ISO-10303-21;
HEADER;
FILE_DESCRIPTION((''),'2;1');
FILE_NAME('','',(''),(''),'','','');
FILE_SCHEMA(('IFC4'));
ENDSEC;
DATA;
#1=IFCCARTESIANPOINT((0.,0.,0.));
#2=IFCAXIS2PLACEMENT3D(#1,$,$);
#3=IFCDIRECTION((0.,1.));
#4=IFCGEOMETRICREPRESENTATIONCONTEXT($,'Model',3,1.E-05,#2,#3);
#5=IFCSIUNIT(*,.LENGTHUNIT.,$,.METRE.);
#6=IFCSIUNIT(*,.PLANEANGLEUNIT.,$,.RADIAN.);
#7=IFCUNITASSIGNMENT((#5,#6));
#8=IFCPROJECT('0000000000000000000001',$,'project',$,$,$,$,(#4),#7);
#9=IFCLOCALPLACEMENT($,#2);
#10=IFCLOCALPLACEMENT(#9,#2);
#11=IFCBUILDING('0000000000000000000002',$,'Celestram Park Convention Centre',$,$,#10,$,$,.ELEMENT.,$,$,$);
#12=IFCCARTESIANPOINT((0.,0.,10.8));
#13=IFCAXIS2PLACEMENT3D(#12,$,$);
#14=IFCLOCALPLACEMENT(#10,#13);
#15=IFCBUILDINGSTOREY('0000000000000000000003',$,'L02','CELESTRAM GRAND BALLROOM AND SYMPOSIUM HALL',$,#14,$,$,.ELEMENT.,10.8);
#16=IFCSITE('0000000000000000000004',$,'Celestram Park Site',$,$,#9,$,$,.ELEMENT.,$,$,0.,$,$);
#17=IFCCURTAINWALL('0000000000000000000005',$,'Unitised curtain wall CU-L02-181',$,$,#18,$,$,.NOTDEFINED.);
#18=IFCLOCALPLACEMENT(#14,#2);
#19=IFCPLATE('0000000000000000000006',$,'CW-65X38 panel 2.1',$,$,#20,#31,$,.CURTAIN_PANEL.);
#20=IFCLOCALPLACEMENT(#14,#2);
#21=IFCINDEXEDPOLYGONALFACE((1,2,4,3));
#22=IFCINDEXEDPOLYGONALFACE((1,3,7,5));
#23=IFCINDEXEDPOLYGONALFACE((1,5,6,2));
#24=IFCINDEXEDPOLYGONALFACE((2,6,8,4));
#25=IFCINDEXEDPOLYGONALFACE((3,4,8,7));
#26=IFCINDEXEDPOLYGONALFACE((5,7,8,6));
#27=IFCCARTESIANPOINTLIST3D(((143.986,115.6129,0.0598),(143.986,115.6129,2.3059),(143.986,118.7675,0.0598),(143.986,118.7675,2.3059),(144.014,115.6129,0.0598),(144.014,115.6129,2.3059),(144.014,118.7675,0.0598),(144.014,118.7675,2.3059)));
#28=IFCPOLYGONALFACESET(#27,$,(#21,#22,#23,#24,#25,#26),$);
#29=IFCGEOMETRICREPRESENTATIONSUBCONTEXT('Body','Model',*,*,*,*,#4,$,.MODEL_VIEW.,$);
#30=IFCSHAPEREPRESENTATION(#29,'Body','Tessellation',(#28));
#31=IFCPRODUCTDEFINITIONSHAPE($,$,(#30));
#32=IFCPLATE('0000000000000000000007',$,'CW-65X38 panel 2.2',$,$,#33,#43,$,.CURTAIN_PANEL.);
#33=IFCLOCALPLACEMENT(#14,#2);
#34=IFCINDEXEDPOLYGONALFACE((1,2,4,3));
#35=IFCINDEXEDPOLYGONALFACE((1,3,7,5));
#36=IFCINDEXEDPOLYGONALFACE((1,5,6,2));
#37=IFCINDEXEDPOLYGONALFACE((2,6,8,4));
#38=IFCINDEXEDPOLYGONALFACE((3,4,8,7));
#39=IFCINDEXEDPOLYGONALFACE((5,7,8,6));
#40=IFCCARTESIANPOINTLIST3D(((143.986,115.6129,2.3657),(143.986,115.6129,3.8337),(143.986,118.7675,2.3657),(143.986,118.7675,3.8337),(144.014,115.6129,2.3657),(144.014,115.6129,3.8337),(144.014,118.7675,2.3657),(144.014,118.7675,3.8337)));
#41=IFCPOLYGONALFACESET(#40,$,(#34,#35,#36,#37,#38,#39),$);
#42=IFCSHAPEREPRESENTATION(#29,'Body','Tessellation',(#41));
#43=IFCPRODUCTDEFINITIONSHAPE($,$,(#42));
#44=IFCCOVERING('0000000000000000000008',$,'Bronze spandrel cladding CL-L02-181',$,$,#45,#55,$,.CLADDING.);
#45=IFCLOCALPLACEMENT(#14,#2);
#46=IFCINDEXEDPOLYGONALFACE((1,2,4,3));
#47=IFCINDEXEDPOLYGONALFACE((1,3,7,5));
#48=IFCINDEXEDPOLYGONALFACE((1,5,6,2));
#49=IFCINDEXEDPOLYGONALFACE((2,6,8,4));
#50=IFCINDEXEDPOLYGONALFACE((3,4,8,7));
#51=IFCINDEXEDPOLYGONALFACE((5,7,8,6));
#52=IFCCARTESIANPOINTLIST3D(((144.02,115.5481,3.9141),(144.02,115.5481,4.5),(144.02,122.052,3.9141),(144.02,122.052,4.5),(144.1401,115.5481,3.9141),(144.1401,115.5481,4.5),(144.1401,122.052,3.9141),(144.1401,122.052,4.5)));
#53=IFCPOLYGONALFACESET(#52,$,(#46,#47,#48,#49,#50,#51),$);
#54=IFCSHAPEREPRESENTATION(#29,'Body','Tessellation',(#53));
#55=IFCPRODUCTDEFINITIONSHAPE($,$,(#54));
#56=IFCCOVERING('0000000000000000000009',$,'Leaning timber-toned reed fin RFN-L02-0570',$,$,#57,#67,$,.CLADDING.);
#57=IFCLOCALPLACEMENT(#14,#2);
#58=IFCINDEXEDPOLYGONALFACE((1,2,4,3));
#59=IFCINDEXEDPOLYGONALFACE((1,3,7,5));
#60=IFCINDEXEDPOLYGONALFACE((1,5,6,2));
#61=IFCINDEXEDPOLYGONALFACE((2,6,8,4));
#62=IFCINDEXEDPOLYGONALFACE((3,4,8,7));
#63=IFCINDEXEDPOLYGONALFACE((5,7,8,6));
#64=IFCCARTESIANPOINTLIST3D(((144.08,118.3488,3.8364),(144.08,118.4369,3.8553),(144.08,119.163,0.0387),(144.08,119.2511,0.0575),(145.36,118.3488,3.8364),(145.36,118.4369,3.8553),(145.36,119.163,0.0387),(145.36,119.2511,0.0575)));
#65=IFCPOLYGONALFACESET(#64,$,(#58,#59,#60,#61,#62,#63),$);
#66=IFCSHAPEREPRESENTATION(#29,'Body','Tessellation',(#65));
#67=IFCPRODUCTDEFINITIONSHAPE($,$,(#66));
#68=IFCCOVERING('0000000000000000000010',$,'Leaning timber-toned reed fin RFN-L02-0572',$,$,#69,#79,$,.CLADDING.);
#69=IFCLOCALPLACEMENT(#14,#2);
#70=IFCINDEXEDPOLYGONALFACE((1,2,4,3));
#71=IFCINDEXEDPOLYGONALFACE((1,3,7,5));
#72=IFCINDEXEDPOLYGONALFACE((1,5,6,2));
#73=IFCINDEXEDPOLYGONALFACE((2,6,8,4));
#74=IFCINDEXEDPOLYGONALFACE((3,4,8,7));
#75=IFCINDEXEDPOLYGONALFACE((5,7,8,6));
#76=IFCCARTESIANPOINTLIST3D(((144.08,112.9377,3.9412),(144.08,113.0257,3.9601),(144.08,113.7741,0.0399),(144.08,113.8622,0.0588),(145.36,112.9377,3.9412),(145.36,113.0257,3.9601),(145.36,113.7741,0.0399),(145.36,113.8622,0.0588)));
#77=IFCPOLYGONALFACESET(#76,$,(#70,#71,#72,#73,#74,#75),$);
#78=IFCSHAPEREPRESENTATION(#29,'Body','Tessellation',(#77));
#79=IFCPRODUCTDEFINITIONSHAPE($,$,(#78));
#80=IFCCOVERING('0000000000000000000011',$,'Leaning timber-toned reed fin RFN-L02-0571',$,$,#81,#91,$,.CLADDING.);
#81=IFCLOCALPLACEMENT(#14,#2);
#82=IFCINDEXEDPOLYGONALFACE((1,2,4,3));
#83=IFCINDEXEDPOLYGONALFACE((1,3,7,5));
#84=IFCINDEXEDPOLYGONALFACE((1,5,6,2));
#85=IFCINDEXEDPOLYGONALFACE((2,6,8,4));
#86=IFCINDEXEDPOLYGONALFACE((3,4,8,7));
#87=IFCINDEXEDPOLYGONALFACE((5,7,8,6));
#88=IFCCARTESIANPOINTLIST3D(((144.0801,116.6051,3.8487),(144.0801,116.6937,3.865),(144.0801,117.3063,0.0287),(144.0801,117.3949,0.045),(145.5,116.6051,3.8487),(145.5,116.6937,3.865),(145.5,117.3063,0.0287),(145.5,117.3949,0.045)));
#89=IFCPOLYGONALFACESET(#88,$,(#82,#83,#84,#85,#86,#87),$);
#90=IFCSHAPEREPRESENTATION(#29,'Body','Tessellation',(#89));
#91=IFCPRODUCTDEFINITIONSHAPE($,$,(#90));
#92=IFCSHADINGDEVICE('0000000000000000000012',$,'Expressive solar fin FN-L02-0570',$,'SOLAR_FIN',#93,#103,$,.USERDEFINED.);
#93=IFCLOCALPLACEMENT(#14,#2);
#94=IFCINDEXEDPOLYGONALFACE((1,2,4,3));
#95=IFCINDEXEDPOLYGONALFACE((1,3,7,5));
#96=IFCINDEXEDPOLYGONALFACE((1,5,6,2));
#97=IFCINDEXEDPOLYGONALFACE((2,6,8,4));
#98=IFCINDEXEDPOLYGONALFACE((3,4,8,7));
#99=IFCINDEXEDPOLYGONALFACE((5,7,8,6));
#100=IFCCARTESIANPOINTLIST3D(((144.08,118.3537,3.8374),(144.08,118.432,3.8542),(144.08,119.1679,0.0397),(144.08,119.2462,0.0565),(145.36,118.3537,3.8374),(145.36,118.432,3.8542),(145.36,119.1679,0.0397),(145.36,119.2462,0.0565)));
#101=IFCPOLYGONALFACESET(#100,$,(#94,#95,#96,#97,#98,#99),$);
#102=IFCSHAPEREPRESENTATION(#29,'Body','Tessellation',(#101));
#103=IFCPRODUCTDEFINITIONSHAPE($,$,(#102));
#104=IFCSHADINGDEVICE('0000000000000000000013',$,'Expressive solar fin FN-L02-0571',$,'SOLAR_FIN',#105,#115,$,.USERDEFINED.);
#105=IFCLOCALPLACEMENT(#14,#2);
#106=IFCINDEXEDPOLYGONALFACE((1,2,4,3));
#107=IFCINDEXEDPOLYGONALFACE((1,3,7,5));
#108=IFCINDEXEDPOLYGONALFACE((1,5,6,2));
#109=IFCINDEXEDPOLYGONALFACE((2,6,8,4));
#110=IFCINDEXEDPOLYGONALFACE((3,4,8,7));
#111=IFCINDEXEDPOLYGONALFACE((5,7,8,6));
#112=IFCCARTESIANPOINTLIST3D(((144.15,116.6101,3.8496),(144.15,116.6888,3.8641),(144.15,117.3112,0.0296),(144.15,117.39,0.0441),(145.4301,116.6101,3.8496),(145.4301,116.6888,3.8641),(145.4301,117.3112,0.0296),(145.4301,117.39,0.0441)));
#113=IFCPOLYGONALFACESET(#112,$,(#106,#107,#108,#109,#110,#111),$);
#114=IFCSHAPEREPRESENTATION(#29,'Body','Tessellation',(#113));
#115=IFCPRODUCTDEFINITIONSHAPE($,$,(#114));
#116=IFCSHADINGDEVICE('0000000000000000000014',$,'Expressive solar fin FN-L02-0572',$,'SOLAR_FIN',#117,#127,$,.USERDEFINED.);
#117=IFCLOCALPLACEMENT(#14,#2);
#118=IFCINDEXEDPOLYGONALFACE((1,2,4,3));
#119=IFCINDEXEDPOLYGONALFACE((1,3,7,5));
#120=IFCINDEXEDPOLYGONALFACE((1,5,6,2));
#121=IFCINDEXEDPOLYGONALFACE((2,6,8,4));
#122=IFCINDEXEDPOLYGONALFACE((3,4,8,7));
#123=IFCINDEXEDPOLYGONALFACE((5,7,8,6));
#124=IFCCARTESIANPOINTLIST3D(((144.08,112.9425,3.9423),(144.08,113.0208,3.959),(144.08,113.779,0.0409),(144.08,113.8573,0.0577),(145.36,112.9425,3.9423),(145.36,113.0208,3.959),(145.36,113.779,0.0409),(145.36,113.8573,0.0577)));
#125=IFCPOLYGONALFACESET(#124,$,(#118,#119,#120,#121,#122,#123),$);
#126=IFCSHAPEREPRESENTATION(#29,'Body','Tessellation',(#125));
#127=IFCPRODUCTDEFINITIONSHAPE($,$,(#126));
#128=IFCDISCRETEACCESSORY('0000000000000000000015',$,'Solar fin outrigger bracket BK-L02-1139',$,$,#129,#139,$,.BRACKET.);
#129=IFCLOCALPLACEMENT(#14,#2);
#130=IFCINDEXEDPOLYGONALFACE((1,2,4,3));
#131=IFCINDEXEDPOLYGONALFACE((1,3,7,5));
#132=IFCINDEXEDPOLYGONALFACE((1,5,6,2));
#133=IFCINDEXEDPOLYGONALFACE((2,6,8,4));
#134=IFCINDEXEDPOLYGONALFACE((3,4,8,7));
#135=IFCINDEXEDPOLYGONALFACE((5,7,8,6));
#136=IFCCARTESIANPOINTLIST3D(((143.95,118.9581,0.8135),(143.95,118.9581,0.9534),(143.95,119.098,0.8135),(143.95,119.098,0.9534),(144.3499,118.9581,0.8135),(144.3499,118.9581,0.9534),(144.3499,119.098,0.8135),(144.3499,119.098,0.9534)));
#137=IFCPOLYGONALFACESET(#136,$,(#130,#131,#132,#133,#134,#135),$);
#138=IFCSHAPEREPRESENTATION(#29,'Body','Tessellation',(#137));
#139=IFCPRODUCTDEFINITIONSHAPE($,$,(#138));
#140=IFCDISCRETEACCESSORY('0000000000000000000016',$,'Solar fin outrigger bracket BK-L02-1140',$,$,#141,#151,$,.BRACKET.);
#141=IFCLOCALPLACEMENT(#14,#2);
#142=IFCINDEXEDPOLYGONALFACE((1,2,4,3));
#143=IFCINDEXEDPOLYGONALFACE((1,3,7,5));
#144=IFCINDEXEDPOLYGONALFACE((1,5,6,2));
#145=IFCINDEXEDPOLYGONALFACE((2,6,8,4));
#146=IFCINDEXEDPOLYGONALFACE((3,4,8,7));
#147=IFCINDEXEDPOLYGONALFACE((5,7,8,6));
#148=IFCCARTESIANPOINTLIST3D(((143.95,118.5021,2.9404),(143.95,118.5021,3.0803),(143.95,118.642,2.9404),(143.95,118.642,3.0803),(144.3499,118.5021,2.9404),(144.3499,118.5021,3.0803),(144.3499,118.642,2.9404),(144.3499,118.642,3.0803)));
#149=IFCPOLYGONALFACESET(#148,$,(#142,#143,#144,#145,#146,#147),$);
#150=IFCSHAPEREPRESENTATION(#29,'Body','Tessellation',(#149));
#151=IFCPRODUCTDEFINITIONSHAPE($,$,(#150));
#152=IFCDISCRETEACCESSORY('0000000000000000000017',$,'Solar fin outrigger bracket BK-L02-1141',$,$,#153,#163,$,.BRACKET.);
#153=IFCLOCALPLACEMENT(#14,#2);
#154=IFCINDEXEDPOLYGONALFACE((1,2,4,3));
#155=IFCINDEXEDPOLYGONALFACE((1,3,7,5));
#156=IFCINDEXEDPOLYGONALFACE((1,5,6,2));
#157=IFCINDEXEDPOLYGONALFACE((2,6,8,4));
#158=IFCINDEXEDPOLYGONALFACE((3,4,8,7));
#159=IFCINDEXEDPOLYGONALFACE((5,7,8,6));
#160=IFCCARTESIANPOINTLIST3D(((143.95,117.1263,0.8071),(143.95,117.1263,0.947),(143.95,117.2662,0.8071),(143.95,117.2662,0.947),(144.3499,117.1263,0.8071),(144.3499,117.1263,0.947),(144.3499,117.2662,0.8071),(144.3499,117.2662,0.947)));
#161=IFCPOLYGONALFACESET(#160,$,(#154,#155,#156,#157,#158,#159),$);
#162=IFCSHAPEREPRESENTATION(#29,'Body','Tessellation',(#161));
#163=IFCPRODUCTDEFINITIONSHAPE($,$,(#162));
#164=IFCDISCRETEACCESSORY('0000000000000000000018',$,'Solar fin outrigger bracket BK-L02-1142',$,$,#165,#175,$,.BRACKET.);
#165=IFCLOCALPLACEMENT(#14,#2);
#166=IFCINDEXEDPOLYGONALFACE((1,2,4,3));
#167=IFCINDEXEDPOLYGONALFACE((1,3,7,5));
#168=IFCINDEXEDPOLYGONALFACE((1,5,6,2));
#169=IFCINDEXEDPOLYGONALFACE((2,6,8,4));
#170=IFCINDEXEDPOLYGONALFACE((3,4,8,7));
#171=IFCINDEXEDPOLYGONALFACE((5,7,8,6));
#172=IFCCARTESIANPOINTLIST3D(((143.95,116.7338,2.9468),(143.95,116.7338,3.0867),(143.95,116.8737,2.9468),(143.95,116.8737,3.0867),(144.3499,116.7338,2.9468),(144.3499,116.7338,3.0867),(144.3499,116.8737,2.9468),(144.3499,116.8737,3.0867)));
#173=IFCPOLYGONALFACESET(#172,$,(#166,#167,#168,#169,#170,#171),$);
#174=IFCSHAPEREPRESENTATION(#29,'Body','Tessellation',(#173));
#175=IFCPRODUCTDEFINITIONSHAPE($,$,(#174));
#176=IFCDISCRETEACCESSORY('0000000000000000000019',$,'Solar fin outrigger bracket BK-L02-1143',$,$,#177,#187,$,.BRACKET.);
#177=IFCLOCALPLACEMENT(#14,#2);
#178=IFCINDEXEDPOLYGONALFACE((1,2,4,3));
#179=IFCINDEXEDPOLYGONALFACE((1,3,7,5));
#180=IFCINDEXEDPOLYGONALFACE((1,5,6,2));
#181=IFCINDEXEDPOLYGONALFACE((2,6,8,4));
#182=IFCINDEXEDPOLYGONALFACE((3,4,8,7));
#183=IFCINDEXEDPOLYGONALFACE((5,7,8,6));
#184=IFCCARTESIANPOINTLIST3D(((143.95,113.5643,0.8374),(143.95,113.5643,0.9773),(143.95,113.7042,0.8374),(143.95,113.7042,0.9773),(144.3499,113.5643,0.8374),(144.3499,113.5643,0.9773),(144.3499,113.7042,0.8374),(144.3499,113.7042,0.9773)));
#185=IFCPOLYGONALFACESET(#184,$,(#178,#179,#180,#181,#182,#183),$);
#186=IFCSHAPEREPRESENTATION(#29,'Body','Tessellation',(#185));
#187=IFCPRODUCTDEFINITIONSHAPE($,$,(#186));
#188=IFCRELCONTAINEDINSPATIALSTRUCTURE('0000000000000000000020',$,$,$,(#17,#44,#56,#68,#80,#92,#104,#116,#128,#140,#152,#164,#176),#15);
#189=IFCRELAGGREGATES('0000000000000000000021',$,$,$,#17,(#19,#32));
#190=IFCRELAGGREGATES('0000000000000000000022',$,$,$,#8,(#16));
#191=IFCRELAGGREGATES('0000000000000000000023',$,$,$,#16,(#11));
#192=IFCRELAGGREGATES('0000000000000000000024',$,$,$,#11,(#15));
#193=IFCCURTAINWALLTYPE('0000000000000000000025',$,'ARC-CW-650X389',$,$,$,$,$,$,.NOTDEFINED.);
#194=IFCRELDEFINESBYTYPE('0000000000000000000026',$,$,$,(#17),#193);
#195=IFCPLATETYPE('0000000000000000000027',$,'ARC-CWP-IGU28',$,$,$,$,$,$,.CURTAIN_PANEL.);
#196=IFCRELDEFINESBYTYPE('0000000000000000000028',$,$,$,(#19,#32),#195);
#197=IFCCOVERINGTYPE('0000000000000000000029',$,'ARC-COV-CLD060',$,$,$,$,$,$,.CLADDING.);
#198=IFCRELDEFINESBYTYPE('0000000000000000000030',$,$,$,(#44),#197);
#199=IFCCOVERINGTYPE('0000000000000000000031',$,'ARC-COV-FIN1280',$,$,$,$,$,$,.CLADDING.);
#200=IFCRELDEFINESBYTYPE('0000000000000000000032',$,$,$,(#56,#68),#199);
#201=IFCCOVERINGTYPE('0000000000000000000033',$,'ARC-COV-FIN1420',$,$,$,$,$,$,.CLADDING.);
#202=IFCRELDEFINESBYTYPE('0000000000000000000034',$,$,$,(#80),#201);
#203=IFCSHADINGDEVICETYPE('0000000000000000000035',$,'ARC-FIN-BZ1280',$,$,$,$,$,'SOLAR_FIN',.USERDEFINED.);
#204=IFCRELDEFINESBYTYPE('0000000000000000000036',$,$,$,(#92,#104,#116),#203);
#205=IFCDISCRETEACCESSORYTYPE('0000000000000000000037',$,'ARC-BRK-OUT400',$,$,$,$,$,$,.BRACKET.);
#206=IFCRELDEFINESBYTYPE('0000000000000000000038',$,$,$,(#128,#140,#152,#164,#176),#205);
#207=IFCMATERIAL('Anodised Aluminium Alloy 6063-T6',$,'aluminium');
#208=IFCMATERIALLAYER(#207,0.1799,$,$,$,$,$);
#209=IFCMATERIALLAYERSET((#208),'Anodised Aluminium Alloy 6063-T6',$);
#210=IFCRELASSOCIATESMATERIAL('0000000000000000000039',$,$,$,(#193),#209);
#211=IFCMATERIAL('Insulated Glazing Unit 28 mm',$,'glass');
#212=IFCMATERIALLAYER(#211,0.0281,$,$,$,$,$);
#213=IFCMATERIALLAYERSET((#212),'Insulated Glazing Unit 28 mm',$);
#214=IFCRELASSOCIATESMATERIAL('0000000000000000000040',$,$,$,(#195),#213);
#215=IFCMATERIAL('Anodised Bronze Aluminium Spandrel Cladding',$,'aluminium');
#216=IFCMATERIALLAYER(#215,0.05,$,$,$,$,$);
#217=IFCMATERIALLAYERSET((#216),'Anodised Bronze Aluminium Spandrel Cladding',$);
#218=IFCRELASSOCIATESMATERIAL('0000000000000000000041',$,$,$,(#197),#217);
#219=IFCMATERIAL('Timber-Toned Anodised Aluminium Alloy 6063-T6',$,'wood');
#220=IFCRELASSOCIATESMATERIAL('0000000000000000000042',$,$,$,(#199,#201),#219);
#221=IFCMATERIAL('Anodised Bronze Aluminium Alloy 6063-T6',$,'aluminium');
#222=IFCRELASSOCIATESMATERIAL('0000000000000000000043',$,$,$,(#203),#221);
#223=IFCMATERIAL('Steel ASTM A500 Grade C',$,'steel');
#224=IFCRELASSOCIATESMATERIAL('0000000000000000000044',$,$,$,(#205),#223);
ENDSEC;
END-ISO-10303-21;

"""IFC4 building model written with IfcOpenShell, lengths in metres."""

from ifc_helpers import new_model, si_unit, direction, frame, origin, origin_2d, place, context, subcontext, project, spatial, rectangle, extrude, material, layer, layer_set, material_profile, profile_set, type_object, element, aggregate, save


model = new_model("IFC4")

# Units and contexts
model_context = context("Model", 3, precision=1e-05, world=origin(), true_north=direction((0.0, 1.0)))
body_context = subcontext(model_context, "Body", "Model", "MODEL_VIEW")
ifc_project = project(units=[si_unit("LENGTHUNIT", "METRE"), si_unit("PLANEANGLEUNIT", "RADIAN")], contexts=[model_context])

# Site, building, storey
site_placement = place(None, origin())
site = spatial("IfcSite", under=ifc_project, at=site_placement, Name="Celestram Park Site", CompositionType="ELEMENT", RefElevation=0.0)
building_placement = place(site_placement, origin())
building = spatial("IfcBuilding", under=site, at=building_placement, Name="Celestram Park Convention Centre", CompositionType="ELEMENT")
storey_placement = place(building_placement, frame((0.0, 0.0, 10.8)))
storey = spatial("IfcBuildingStorey", under=building, at=storey_placement, Name="L02", Description="CELESTRAM GRAND BALLROOM AND SYMPOSIUM HALL", CompositionType="ELEMENT", Elevation=10.8)

# Curtain wall
ifc_material_1 = material(Name="Anodised Aluminium Alloy 6063-T6", Category="aluminium")
ifc_layer_1 = layer(ifc_material_1, 0.1799)
ifc_layer_set_1 = layer_set([ifc_layer_1], Name="Anodised Aluminium Alloy 6063-T6")
curtain_wall_type_1 = type_object("IfcCurtainWallType", Name="ARC-CW-650X389", PredefinedType="NOTDEFINED", material=ifc_layer_set_1)
curtain_wall_1_placement = place(storey_placement, origin())
curtain_wall_1 = element("IfcCurtainWall", 1, at=curtain_wall_1_placement, inside=storey, type_object=curtain_wall_type_1, Name="Unitised curtain wall CU-L02-181", PredefinedType="NOTDEFINED")

# Shared definitions
ifc_material_2 = material(Name="Steel ASTM A500 Grade C", Category="steel")

# Plates
ifc_material_3 = material(Name="Insulated Glazing Unit 28 mm", Category="glass")
ifc_layer_2 = layer(ifc_material_3, 0.0281)
ifc_layer_set_2 = layer_set([ifc_layer_2], Name="Insulated Glazing Unit 28 mm")
plate_type = type_object("IfcPlateType", Name="ARC-CWP-IGU28", PredefinedType="CURTAIN_PANEL", material=ifc_layer_set_2)
plate_1_placement = place(storey_placement, frame((144.0, 117.1902, 0.0598), z_axis=(0.0, 0.0, 1.0), x_axis=(0.0, -1.0, 0.0)))
plate_1 = element("IfcPlate", 2, at=plate_1_placement, type_object=plate_type, Name="CW-65X38 panel 2.1", PredefinedType="CURTAIN_PANEL", context=body_context, shape_type="SweptSolid", body=[
    extrude(rectangle(XDim=3.1545, YDim=0.0281, at=origin_2d()), origin(), (0.0, 0.0, 1.0), 2.2461),
])
plate_2_placement = place(storey_placement, frame((144.0, 117.1902, 2.3657), z_axis=(0.0, 0.0, 1.0), x_axis=(0.0, -1.0, 0.0)))
plate_2 = element("IfcPlate", 3, at=plate_2_placement, type_object=plate_type, Name="CW-65X38 panel 2.2", PredefinedType="CURTAIN_PANEL", context=body_context, shape_type="SweptSolid", body=[
    extrude(rectangle(XDim=3.1545, YDim=0.0281, at=origin_2d()), origin(), (0.0, 0.0, 1.0), 1.468),
])
aggregate(curtain_wall_1, [plate_1, plate_2])

# Coverings
ifc_material_4 = material(Name="Anodised Bronze Aluminium Spandrel Cladding", Category="aluminium")
ifc_layer_3 = layer(ifc_material_4, 0.05)
ifc_layer_set_3 = layer_set([ifc_layer_3], Name="Anodised Bronze Aluminium Spandrel Cladding")
covering_type_1 = type_object("IfcCoveringType", Name="ARC-COV-CLD060", PredefinedType="CLADDING", material=ifc_layer_set_3)
covering_1_placement = place(storey_placement, frame((144.0801, 118.8, 3.9141), z_axis=(0.0, 0.0, 1.0), x_axis=(0.0, -1.0, 0.0)))
element("IfcCovering", 4, at=covering_1_placement, inside=storey, type_object=covering_type_1, Name="Bronze spandrel cladding CL-L02-181", PredefinedType="CLADDING", context=body_context, shape_type="SweptSolid", body=[
    extrude(rectangle(XDim=6.5039, YDim=0.1201, at=origin_2d()), origin(), (0.0, 0.0, 1.0), 0.5859),
])
ifc_material_5 = material(Name="Timber-Toned Anodised Aluminium Alloy 6063-T6", Category="wood")
ifc_material_profile_1 = material_profile(ifc_material_5, rectangle(XDim=1.28, YDim=0.0901, at=origin_2d()), Name="REED1280X90")
ifc_profile_set_1 = profile_set([ifc_material_profile_1], Name="Timber-Toned Anodised Aluminium Alloy 6063-T6")
covering_type_2 = type_object("IfcCoveringType", Name="ARC-COV-FIN1280", PredefinedType="CLADDING", material=ifc_profile_set_1)
covering_2_placement = place(storey_placement, frame((144.72, 119.207, 0.0481), z_axis=(0.0, -0.209624, 0.977782), x_axis=(1.0, 0.0, 0.0)))
element("IfcCovering", 5, at=covering_2_placement, inside=storey, type_object=covering_type_2, Name="Leaning timber-toned reed fin RFN-L02-0570", PredefinedType="CLADDING", context=body_context, shape_type="SweptSolid", body=[
    extrude(rectangle(XDim=1.28, YDim=0.0901, at=origin_2d()), origin(), (0.0, 0.0, 1.0), 3.884),
])
covering_3_placement = place(storey_placement, frame((144.72, 113.8181, 0.0493), z_axis=(0.0, -0.209629, 0.977781), x_axis=(1.0, 0.0, 0.0)))
element("IfcCovering", 6, at=covering_3_placement, inside=storey, type_object=covering_type_2, Name="Leaning timber-toned reed fin RFN-L02-0572", PredefinedType="CLADDING", context=body_context, shape_type="SweptSolid", body=[
    extrude(rectangle(XDim=1.28, YDim=0.0901, at=origin_2d()), origin(), (0.0, 0.0, 1.0), 3.99),
])
ifc_material_profile_2 = material_profile(ifc_material_5, rectangle(XDim=1.4199, YDim=0.0901, at=origin_2d()), Name="REED1420X90")
ifc_profile_set_2 = profile_set([ifc_material_profile_2], Name="Timber-Toned Anodised Aluminium Alloy 6063-T6")
covering_type_3 = type_object("IfcCoveringType", Name="ARC-COV-FIN1420", PredefinedType="CLADDING", material=ifc_profile_set_2)
covering_4_placement = place(storey_placement, frame((144.79, 117.3506, 0.0369), z_axis=(0.0, -0.180534, 0.983569), x_axis=(1.0, 0.0, 0.0)))
element("IfcCovering", 7, at=covering_4_placement, inside=storey, type_object=covering_type_3, Name="Leaning timber-toned reed fin RFN-L02-0571", PredefinedType="CLADDING", context=body_context, shape_type="SweptSolid", body=[
    extrude(rectangle(XDim=1.4199, YDim=0.0901, at=origin_2d()), origin(), (0.0, 0.0, 1.0), 3.8838),
])

# Shading devices
ifc_material_6 = material(Name="Anodised Bronze Aluminium Alloy 6063-T6", Category="aluminium")
ifc_material_profile_3 = material_profile(ifc_material_6, rectangle(XDim=1.28, YDim=0.0801, at=origin_2d()), Name="FIN1280X80")
ifc_profile_set_3 = profile_set([ifc_material_profile_3], Name="Anodised Bronze Aluminium Alloy 6063-T6")
shading_device_type = type_object("IfcShadingDeviceType", Name="ARC-FIN-BZ1280", ElementType="SOLAR_FIN", PredefinedType="USERDEFINED", material=ifc_profile_set_3)
shading_device_1_placement = place(storey_placement, frame((144.72, 119.207, 0.0481), z_axis=(0.0, -0.209624, 0.977782), x_axis=(1.0, 0.0, 0.0)))
element("IfcShadingDevice", 8, at=shading_device_1_placement, inside=storey, type_object=shading_device_type, Name="Expressive solar fin FN-L02-0570", ObjectType="SOLAR_FIN", PredefinedType="USERDEFINED", context=body_context, shape_type="SweptSolid", body=[
    extrude(rectangle(XDim=1.28, YDim=0.0801, at=origin_2d()), origin(), (0.0, 0.0, 1.0), 3.884),
])
shading_device_2_placement = place(storey_placement, frame((144.79, 117.3506, 0.0369), z_axis=(0.0, -0.180534, 0.983569), x_axis=(1.0, 0.0, 0.0)))
element("IfcShadingDevice", 9, at=shading_device_2_placement, inside=storey, type_object=shading_device_type, Name="Expressive solar fin FN-L02-0571", ObjectType="SOLAR_FIN", PredefinedType="USERDEFINED", context=body_context, shape_type="SweptSolid", body=[
    extrude(rectangle(XDim=1.28, YDim=0.0801, at=origin_2d()), origin(), (0.0, 0.0, 1.0), 3.8838),
])
shading_device_3_placement = place(storey_placement, frame((144.72, 113.8181, 0.0493), z_axis=(0.0, -0.209629, 0.977781), x_axis=(1.0, 0.0, 0.0)))
element("IfcShadingDevice", 10, at=shading_device_3_placement, inside=storey, type_object=shading_device_type, Name="Expressive solar fin FN-L02-0572", ObjectType="SOLAR_FIN", PredefinedType="USERDEFINED", context=body_context, shape_type="SweptSolid", body=[
    extrude(rectangle(XDim=1.28, YDim=0.0801, at=origin_2d()), origin(), (0.0, 0.0, 1.0), 3.99),
])

# Discrete accessories
discrete_accessory_type = type_object("IfcDiscreteAccessoryType", Name="ARC-BRK-OUT400", PredefinedType="BRACKET", material=ifc_material_2)
for number, where, z_axis, x_axis, name in (
    (11, (144.1499, 119.0281, 0.8135), (0.0, 0.0, 1.0), (1.0, 0.0, 0.0), "Solar fin outrigger bracket BK-L02-1139"),
    (12, (144.1499, 118.572, 2.9404), (0.0, 0.0, 1.0), (1.0, 0.0, 0.0), "Solar fin outrigger bracket BK-L02-1140"),
    (13, (144.1499, 117.1963, 0.8071), (0.0, 0.0, 1.0), (1.0, 0.0, 0.0), "Solar fin outrigger bracket BK-L02-1141"),
    (14, (144.1499, 116.8037, 2.9468), (0.0, 0.0, 1.0), (1.0, 0.0, 0.0), "Solar fin outrigger bracket BK-L02-1142"),
    (15, (144.1499, 113.6343, 0.8374), (0.0, 0.0, 1.0), (1.0, 0.0, 0.0), "Solar fin outrigger bracket BK-L02-1143"),
):
    element("IfcDiscreteAccessory", number, at=place(storey_placement, frame(where, z_axis=z_axis, x_axis=x_axis)), inside=storey, type_object=discrete_accessory_type, Name=name, PredefinedType="BRACKET", context=body_context, shape_type="SweptSolid", body=[
        extrude(rectangle(XDim=0.3999, YDim=0.1399, at=origin_2d()), origin(), (0.0, 0.0, 1.0), 0.1399),
    ])

save(model, "model.ifc")
